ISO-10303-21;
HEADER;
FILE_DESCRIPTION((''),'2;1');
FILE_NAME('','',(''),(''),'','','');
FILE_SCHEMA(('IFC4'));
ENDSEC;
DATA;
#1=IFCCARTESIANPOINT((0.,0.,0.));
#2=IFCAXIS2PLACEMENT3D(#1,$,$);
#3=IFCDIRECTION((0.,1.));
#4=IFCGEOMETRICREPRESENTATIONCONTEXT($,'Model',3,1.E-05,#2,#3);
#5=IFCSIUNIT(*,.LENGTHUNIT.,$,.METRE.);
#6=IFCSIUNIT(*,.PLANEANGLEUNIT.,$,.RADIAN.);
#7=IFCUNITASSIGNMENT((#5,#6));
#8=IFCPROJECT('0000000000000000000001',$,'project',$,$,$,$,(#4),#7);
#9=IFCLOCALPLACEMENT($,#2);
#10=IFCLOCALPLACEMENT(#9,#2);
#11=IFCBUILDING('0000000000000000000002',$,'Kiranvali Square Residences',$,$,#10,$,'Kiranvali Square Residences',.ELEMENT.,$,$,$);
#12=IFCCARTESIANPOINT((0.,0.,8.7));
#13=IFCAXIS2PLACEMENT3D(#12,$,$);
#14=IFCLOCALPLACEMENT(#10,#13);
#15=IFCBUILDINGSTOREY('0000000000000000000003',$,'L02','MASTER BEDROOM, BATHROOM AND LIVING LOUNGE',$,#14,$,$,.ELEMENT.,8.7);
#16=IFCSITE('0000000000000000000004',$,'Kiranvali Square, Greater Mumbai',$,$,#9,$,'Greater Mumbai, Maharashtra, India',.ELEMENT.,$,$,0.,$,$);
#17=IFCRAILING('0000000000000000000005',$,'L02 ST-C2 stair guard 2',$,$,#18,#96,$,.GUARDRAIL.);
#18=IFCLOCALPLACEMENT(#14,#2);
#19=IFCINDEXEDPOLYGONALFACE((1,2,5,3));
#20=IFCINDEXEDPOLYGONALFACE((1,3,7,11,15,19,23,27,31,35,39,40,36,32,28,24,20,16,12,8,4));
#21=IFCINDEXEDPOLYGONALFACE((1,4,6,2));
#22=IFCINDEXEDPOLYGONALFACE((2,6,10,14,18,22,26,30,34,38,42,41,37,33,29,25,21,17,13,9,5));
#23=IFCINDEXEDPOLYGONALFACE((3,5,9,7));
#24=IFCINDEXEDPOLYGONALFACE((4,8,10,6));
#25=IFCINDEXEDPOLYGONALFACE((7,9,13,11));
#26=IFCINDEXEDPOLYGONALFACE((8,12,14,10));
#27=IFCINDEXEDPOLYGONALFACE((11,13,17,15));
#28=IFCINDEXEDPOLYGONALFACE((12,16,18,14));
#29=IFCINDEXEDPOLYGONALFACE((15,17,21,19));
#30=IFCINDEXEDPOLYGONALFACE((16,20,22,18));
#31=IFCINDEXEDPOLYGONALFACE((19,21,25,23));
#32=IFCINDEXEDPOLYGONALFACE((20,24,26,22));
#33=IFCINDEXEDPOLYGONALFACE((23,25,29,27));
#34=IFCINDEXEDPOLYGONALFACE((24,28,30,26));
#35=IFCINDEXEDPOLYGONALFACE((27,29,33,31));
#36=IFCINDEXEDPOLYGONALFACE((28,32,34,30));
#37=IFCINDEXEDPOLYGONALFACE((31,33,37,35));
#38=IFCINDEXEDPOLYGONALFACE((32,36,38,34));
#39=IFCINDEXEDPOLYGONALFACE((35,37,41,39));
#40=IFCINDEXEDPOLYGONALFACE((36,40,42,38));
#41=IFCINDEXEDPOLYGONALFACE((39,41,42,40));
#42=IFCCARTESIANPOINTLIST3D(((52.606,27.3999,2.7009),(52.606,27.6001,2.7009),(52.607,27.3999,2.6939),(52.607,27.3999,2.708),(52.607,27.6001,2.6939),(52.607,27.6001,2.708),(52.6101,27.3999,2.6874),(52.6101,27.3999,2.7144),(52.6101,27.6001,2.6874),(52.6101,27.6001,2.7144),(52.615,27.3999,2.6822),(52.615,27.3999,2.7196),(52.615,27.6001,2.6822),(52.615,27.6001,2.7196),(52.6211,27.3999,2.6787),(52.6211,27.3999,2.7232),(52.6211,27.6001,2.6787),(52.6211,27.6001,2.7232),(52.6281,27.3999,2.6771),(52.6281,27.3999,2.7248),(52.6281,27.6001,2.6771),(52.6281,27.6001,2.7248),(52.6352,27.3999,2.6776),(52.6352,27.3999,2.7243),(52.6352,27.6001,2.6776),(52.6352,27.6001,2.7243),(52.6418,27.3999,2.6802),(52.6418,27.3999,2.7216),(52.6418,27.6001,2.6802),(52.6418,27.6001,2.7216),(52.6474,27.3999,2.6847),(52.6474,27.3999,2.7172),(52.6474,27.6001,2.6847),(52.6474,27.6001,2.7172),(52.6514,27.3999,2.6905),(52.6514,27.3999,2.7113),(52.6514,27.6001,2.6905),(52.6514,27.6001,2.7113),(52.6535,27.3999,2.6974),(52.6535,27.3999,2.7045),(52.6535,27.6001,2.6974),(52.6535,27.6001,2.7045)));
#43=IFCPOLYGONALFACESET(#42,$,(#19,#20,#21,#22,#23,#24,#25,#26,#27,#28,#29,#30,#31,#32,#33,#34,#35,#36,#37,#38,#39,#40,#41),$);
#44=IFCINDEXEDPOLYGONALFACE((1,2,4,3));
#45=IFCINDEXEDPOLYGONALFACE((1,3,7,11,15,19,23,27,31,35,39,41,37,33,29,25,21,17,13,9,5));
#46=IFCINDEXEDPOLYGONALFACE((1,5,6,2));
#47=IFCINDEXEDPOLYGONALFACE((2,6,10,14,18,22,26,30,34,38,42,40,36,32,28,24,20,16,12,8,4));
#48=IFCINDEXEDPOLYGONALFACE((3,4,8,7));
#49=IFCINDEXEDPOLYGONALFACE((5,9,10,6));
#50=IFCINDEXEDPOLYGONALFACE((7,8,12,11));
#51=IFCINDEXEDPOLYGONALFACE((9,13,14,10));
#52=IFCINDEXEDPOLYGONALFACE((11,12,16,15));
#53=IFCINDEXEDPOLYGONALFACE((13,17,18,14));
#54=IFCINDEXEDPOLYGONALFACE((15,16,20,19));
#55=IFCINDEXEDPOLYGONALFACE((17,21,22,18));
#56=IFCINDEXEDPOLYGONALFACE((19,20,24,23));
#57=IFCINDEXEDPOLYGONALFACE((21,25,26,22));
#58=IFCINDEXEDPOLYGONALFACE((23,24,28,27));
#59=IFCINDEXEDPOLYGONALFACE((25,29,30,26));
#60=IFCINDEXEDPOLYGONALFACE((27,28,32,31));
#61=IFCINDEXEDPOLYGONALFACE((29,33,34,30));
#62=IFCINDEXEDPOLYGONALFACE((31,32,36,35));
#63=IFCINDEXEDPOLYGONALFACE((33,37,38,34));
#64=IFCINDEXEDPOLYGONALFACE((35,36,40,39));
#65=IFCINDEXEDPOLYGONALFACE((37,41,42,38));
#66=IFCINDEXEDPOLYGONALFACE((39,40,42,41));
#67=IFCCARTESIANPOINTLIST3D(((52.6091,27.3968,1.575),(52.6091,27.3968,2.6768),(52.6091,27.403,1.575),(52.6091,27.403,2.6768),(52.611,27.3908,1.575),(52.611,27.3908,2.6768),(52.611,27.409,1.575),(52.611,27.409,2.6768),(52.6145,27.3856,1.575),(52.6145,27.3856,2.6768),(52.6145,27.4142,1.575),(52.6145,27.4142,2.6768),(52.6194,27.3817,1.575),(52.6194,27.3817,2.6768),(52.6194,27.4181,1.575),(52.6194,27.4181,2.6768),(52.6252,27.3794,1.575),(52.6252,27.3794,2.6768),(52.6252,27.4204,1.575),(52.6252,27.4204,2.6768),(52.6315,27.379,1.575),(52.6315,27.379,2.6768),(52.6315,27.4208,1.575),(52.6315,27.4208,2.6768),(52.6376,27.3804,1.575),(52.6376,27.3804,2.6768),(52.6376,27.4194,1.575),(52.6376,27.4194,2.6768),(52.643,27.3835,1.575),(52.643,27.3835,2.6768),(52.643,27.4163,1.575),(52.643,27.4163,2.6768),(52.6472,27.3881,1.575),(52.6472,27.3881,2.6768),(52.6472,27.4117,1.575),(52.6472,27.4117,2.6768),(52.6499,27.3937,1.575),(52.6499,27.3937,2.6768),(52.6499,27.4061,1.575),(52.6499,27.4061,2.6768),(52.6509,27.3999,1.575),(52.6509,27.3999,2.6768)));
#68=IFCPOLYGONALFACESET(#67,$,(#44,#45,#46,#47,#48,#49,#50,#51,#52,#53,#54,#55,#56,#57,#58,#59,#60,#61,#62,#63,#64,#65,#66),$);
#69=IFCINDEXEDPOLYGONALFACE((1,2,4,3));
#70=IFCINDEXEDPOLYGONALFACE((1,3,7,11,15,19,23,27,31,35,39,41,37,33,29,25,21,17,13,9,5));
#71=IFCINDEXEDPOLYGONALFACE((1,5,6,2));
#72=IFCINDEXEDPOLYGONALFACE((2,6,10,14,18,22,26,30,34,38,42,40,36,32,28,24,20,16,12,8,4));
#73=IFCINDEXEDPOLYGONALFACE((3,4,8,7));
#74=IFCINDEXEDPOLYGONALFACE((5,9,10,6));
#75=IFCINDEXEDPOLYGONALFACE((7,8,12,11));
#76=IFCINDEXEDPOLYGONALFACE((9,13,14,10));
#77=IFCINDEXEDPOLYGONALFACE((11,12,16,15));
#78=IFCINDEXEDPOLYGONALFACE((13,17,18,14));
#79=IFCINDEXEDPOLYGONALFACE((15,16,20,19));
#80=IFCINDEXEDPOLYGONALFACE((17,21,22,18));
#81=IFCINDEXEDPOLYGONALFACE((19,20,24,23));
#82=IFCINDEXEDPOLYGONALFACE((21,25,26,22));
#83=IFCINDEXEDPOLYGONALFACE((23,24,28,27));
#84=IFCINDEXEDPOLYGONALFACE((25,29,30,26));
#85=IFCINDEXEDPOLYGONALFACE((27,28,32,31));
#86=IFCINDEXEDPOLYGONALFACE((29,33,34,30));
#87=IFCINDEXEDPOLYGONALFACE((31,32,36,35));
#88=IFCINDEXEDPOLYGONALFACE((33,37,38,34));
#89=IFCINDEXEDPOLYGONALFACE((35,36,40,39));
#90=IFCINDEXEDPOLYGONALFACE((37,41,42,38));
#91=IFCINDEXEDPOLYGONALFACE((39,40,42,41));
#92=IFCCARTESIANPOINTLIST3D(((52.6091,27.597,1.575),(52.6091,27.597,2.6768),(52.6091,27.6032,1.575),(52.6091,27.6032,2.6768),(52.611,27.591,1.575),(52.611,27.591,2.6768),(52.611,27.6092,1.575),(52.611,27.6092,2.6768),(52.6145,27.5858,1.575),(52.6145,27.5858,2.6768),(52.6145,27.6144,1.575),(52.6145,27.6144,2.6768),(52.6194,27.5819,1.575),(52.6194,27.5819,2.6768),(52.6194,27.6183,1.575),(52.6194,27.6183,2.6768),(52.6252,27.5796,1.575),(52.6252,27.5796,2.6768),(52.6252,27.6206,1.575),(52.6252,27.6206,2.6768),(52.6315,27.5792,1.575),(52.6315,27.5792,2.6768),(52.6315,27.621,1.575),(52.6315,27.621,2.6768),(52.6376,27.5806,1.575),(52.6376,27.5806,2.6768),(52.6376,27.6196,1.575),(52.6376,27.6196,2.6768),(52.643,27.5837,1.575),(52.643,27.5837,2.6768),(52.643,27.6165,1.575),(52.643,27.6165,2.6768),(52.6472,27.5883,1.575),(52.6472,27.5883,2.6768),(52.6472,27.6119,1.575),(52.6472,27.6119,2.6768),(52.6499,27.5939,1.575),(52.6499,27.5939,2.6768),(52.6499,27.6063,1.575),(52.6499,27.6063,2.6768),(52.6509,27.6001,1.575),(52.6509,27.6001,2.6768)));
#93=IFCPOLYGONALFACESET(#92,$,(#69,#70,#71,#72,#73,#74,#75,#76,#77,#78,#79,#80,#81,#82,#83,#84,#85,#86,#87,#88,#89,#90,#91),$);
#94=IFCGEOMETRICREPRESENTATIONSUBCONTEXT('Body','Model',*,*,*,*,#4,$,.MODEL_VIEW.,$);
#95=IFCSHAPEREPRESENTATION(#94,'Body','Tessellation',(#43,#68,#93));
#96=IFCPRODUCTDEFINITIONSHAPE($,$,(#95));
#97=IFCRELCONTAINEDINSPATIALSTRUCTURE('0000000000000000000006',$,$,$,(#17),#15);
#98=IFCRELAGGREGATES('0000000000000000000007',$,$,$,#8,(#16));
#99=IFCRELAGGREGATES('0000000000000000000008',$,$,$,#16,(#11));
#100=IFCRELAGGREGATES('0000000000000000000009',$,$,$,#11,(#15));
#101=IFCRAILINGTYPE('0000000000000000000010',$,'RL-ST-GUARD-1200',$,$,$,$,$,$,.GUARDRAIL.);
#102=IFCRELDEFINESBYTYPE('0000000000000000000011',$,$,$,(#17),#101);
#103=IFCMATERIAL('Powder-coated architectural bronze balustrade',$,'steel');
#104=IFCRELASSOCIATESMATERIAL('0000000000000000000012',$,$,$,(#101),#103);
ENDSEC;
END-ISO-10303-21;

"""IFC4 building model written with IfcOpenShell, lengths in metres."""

from ifc_helpers import new_model, si_unit, direction, frame, origin, origin_2d, place, context, subcontext, project, spatial, circle, extrude, material, type_object, element, save


model = new_model("IFC4")

# Units and contexts
model_context = context("Model", 3, precision=1e-05, world=origin(), true_north=direction((0.0, 1.0)))
body_context = subcontext(model_context, "Body", "Model", "MODEL_VIEW")
ifc_project = project(units=[si_unit("LENGTHUNIT", "METRE"), si_unit("PLANEANGLEUNIT", "RADIAN")], contexts=[model_context])

# Site, building, storey
site_placement = place(None, origin())
site = spatial("IfcSite", under=ifc_project, at=site_placement, Name="Kiranvali Square, Greater Mumbai", LongName="Greater Mumbai, Maharashtra, India", CompositionType="ELEMENT", RefElevation=0.0)
building_placement = place(site_placement, origin())
building = spatial("IfcBuilding", under=site, at=building_placement, Name="Kiranvali Square Residences", LongName="Kiranvali Square Residences", CompositionType="ELEMENT")
storey_placement = place(building_placement, frame((0.0, 0.0, 8.7)))
storey = spatial("IfcBuildingStorey", under=building, at=storey_placement, Name="L02", Description="MASTER BEDROOM, BATHROOM AND LIVING LOUNGE", CompositionType="ELEMENT", Elevation=8.7)

# Railing
ifc_material_1 = material(Name="Powder-coated architectural bronze balustrade", Category="steel")
railing_type_1 = type_object("IfcRailingType", Name="RL-ST-GUARD-1200", PredefinedType="GUARDRAIL", material=ifc_material_1)
railing_1_placement = place(storey_placement, frame((52.6299, 27.3999, 1.575)))
element("IfcRailing", 1, at=railing_1_placement, inside=storey, type_object=railing_type_1, Name="L02 ST-C2 stair guard 2", PredefinedType="GUARDRAIL", context=body_context, shape_type="SweptSolid", body=[
    extrude(circle(Radius=0.0239, at=origin_2d()), frame((0.0, 0.0, 1.126), z_axis=(0.0, 1.0, 0.0), x_axis=(-1.0, 0.0, 0.0)), (0.0, 0.0, 1.0), 0.2002),
    extrude(circle(Radius=0.021, at=origin_2d()), origin(), (0.0, 0.0, 1.0), 1.1018),
    extrude(circle(Radius=0.021, at=origin_2d()), frame((0.0, 0.2002, 0.0)), (0.0, 0.0, 1.0), 1.1018),
])

save(model, "model.ifc")
